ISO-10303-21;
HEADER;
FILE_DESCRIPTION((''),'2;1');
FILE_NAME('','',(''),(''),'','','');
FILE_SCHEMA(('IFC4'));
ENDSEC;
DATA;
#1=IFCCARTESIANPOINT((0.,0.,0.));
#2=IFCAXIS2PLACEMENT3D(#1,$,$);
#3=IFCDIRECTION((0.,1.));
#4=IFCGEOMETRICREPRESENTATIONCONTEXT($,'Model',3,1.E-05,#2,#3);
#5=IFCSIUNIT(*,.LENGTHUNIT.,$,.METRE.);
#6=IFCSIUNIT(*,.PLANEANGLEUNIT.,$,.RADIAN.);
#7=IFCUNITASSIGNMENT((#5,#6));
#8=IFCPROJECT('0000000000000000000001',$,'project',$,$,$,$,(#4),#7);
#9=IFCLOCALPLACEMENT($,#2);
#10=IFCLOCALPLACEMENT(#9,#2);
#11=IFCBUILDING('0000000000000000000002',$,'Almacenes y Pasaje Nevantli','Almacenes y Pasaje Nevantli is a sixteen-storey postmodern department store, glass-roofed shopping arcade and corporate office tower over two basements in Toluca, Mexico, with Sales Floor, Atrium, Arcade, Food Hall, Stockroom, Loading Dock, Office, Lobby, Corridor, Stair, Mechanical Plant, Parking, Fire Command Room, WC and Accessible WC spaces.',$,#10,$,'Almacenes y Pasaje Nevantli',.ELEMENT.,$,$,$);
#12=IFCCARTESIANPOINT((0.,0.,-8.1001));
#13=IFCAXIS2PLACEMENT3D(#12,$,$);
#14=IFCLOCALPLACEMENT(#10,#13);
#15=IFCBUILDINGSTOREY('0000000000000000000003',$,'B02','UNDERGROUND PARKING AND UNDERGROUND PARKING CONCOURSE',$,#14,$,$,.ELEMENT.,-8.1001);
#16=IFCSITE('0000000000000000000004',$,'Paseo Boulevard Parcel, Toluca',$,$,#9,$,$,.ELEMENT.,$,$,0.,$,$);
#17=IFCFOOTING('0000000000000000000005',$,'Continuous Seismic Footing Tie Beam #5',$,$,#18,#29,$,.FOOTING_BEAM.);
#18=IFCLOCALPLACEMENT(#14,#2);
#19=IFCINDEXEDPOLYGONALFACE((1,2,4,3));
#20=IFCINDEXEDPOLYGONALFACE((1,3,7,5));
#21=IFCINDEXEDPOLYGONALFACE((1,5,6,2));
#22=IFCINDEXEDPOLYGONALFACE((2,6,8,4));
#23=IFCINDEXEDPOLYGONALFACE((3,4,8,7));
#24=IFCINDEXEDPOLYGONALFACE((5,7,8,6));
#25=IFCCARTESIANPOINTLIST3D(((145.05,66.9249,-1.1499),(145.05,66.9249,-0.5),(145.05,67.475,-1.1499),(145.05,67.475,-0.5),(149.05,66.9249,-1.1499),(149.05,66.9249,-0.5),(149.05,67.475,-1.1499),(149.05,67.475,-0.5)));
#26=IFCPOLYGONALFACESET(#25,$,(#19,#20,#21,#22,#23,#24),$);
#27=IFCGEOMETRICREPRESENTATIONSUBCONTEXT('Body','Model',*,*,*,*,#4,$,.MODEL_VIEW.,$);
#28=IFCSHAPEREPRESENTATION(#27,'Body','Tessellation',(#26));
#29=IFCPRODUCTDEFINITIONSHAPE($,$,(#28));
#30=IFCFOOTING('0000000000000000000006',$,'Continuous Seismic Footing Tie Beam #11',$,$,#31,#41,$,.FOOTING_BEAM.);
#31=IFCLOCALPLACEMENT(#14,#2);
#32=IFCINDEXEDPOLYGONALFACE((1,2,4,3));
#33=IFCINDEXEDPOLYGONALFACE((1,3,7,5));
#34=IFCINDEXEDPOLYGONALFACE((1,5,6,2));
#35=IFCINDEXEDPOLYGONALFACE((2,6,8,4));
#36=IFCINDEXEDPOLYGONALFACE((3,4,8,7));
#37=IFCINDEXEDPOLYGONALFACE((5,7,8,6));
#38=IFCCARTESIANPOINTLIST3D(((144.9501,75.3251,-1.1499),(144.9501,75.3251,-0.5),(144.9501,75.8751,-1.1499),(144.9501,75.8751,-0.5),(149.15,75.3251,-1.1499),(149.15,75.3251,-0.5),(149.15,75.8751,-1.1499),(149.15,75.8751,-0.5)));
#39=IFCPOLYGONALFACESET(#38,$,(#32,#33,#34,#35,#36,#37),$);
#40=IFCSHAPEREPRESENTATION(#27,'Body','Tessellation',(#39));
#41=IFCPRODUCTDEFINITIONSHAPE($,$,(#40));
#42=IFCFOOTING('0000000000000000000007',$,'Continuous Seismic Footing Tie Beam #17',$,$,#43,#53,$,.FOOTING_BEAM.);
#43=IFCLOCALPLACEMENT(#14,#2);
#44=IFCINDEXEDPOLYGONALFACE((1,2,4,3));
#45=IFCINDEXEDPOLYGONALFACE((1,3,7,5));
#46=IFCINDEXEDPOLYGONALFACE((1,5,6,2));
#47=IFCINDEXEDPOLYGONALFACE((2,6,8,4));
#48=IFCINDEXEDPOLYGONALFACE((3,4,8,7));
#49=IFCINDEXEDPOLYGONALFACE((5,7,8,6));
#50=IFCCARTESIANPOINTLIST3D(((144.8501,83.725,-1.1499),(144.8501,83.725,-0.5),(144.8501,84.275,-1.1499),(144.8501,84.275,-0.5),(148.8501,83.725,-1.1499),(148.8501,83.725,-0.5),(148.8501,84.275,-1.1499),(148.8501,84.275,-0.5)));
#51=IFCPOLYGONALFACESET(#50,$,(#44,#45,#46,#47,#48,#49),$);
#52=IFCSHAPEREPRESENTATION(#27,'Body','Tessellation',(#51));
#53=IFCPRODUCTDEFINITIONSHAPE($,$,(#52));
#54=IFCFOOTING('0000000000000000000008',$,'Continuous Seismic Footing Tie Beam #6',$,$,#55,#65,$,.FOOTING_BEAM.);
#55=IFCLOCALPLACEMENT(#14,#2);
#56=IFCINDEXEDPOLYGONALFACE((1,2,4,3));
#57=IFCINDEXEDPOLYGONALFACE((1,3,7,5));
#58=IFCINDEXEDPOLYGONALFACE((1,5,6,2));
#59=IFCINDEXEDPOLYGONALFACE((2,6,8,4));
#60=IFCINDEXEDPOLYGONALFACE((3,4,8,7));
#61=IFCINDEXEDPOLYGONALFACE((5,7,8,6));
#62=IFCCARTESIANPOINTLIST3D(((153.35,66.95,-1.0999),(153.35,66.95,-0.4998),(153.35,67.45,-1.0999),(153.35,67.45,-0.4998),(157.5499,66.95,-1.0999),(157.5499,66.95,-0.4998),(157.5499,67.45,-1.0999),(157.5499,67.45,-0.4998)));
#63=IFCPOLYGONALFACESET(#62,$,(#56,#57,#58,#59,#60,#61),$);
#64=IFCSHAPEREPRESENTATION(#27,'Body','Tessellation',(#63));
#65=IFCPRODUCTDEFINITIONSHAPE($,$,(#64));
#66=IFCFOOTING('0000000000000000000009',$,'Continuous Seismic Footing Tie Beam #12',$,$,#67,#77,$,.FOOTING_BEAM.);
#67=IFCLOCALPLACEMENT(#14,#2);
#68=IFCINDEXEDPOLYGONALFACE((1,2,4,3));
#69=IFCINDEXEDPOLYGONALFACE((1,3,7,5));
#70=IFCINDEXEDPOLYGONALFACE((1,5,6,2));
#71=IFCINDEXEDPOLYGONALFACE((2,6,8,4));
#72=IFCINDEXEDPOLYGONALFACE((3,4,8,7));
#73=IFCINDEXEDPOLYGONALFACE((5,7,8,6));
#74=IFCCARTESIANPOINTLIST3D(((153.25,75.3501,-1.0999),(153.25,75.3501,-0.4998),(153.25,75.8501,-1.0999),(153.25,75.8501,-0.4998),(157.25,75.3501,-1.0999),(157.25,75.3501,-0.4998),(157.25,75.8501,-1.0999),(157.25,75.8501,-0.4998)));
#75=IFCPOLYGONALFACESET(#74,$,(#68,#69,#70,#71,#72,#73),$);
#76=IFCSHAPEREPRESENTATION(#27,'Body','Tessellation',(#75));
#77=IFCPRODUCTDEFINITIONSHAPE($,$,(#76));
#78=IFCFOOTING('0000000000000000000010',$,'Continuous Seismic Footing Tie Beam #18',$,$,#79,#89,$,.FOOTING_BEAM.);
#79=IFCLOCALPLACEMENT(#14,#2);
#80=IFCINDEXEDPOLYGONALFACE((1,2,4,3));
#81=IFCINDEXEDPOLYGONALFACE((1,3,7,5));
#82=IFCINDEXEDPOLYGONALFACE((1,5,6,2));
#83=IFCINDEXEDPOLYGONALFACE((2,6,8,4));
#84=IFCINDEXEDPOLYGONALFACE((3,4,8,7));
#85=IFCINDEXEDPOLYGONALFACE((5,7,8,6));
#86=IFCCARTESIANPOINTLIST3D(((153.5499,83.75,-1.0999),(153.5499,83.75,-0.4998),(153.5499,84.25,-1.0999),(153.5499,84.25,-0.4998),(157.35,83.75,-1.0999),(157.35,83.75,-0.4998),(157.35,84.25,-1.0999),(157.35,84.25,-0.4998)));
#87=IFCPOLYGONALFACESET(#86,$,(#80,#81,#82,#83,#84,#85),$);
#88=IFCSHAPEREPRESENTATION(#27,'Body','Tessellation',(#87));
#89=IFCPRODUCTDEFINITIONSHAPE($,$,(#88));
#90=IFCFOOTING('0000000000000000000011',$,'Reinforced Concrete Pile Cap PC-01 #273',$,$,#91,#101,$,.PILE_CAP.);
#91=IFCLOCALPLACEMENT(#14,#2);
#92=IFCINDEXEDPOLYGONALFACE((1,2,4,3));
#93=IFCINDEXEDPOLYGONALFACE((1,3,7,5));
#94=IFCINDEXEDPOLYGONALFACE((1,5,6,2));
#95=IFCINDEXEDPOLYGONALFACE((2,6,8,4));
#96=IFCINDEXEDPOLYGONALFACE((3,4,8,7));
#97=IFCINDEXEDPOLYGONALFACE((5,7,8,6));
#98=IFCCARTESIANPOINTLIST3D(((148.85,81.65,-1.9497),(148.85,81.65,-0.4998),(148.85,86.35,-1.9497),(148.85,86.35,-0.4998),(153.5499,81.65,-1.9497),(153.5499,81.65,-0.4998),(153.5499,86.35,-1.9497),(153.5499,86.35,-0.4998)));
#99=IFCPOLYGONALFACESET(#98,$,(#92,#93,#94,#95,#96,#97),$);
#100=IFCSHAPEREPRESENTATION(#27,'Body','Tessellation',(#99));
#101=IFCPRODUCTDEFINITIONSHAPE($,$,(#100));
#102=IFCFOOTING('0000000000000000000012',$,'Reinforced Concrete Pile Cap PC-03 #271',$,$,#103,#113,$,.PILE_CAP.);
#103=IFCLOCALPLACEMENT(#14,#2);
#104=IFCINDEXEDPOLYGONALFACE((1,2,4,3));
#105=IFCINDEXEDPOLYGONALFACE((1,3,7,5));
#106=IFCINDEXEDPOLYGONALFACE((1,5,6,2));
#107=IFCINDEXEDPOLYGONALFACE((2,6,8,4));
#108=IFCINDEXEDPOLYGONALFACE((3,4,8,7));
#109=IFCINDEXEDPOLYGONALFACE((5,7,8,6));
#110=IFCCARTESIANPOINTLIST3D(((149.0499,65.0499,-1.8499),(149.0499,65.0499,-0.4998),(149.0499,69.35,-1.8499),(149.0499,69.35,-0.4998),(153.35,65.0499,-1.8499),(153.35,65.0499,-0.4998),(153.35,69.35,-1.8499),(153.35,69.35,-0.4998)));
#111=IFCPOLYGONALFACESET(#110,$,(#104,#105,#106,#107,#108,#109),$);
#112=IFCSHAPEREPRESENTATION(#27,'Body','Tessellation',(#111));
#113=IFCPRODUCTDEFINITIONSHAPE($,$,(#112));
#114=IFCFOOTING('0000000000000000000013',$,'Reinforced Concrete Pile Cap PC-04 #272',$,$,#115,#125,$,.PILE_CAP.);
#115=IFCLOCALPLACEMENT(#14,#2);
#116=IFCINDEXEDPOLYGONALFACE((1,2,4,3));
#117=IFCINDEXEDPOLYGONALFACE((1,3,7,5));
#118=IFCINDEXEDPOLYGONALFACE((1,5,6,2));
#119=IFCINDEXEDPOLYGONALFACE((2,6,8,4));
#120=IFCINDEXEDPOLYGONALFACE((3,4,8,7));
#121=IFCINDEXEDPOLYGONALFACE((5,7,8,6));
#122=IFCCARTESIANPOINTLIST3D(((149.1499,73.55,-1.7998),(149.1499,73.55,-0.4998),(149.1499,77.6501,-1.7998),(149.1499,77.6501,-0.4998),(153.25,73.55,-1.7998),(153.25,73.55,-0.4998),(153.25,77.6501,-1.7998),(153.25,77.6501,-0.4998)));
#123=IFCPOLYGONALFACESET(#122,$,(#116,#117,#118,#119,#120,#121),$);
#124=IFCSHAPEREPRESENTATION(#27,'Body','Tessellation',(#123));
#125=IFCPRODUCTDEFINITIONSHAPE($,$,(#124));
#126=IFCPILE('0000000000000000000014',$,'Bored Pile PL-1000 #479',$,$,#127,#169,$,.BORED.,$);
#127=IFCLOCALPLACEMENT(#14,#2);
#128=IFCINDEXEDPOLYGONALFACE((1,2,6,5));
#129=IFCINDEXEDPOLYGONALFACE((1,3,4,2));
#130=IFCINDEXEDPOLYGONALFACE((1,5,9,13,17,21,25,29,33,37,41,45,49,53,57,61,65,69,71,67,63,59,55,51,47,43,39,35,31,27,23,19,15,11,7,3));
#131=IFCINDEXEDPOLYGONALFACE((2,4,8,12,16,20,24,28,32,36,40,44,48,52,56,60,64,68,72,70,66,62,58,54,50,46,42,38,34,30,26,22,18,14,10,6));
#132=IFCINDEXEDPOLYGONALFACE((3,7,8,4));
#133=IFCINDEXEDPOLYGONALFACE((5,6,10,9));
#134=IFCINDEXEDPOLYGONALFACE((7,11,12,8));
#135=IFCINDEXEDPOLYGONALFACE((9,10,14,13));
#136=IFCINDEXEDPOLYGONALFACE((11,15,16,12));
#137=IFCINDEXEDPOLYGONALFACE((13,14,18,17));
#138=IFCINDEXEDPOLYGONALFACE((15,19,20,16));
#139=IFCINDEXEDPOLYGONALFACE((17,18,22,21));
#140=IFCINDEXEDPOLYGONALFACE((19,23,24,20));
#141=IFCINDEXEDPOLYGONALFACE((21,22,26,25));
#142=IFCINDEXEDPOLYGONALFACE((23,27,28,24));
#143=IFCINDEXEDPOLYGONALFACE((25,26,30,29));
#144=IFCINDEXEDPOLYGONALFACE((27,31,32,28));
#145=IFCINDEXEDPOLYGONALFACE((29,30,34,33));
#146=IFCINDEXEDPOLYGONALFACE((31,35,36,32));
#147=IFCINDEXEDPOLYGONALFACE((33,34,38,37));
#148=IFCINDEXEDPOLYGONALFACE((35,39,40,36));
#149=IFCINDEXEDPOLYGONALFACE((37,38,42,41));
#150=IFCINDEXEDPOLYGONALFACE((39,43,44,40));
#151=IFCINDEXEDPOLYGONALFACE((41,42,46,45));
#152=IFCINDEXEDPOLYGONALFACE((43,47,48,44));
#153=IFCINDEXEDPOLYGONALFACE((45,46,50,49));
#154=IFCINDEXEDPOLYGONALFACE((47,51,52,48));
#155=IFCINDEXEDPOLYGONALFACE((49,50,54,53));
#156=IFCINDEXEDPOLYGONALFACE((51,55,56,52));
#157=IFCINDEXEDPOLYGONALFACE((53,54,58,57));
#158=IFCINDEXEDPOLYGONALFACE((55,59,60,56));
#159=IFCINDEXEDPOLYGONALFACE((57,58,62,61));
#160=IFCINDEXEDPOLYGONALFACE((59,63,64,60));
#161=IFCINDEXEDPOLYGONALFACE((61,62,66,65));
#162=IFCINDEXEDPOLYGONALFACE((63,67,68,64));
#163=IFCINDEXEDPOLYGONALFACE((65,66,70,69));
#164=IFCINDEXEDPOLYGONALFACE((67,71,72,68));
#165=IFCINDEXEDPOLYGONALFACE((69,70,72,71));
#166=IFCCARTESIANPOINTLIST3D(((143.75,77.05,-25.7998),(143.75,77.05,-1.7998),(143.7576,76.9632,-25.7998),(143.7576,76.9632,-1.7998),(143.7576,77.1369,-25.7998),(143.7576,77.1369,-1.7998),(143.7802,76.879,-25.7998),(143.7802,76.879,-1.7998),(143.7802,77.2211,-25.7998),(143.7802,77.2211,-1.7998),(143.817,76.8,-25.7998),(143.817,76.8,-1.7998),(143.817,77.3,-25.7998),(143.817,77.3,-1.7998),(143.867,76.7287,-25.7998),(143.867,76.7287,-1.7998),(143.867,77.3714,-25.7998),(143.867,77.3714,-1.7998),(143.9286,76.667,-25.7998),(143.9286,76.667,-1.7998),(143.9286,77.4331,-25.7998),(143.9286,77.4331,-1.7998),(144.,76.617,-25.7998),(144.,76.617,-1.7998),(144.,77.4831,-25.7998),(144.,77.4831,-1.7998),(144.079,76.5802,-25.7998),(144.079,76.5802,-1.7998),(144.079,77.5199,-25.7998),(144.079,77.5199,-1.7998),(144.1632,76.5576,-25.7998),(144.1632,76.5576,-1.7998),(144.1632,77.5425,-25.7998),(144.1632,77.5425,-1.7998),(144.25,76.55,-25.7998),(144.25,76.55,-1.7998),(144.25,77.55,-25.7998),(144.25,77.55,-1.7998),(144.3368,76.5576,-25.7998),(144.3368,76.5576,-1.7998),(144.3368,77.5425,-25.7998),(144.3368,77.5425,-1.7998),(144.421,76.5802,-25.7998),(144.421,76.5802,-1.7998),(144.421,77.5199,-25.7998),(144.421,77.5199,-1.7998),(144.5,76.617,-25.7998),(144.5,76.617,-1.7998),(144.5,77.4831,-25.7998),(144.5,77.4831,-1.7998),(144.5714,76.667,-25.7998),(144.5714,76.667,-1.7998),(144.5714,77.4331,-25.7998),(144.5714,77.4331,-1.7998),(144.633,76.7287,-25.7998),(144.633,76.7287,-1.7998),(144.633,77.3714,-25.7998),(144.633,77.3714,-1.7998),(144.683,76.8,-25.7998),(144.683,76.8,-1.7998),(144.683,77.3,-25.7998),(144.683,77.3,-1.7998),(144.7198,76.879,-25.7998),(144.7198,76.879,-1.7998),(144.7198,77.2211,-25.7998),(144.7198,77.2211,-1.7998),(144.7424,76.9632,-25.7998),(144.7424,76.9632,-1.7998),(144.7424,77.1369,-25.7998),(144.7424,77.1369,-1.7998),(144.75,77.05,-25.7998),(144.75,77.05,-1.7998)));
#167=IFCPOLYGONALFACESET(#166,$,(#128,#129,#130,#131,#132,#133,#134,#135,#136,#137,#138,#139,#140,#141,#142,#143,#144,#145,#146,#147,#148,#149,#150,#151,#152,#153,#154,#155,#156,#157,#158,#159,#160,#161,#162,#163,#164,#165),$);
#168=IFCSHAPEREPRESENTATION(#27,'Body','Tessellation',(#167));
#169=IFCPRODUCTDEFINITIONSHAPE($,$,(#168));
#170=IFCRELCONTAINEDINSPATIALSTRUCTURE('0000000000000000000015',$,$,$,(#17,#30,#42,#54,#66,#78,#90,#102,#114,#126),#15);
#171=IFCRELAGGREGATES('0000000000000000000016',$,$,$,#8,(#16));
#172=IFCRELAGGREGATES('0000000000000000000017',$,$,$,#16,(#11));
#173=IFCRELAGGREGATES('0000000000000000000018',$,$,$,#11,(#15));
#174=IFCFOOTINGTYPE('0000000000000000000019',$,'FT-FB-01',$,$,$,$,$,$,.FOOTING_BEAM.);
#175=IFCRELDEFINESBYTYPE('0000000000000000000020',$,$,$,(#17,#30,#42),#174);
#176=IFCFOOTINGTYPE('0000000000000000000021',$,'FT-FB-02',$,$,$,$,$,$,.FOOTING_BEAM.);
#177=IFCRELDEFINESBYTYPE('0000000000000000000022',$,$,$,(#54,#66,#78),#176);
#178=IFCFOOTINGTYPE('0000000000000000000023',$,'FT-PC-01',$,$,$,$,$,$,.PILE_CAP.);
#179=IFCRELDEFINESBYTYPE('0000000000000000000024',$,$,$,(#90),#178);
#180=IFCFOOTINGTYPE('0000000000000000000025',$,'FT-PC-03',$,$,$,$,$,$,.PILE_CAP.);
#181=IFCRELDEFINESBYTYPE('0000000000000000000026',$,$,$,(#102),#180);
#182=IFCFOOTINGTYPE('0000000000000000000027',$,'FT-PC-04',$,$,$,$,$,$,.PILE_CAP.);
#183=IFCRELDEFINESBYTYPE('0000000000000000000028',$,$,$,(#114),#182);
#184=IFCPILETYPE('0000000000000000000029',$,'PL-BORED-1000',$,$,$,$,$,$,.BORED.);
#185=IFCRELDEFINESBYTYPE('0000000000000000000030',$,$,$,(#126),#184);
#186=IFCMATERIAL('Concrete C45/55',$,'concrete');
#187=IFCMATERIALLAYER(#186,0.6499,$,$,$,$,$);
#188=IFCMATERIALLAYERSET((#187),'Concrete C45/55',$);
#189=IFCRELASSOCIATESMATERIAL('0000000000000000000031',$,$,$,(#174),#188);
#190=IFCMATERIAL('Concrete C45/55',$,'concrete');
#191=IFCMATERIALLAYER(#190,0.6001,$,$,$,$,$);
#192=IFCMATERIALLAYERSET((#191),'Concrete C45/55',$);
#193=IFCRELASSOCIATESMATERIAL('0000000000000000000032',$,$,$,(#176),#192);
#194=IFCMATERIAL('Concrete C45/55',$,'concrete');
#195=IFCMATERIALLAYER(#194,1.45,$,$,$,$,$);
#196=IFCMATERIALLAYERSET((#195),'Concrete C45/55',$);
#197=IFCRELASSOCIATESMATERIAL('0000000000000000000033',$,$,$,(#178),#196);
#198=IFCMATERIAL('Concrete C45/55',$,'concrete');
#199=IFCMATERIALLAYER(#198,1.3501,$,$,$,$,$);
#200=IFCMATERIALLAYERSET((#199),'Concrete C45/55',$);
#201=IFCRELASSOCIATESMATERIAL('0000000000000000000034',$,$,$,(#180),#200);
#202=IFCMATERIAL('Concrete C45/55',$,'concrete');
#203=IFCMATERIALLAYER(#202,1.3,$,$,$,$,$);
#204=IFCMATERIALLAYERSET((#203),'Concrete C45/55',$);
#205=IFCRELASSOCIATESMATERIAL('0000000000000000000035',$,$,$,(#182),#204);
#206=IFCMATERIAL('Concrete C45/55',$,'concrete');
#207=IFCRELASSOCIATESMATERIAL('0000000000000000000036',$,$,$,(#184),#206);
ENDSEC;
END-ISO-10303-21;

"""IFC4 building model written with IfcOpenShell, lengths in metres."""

from ifc_helpers import new_model, si_unit, direction, frame, origin, origin_2d, place, context, subcontext, project, spatial, rectangle, circle, extrude, material, layer, layer_set, material_profile, profile_set, type_object, element, save


model = new_model("IFC4")

# Units and contexts
model_context = context("Model", 3, precision=1e-05, world=origin(), true_north=direction((0.0, 1.0)))
body_context = subcontext(model_context, "Body", "Model", "MODEL_VIEW")
ifc_project = project(units=[si_unit("LENGTHUNIT", "METRE"), si_unit("PLANEANGLEUNIT", "RADIAN")], contexts=[model_context])

# Site, building, storey
site_placement = place(None, origin())
site = spatial("IfcSite", under=ifc_project, at=site_placement, Name="Paseo Boulevard Parcel, Toluca", CompositionType="ELEMENT", RefElevation=0.0)
building_placement = place(site_placement, origin())
building = spatial("IfcBuilding", under=site, at=building_placement, Name="Almacenes y Pasaje Nevantli", Description="Almacenes y Pasaje Nevantli is a sixteen-storey postmodern department store, glass-roofed shopping arcade and corporate office tower over two basements in Toluca, Mexico, with Sales Floor, Atrium, Arcade, Food Hall, Stockroom, Loading Dock, Office, Lobby, Corridor, Stair, Mechanical Plant, Parking, Fire Command Room, WC and Accessible WC spaces.", LongName="Almacenes y Pasaje Nevantli", CompositionType="ELEMENT")
storey_placement = place(building_placement, frame((0.0, 0.0, -8.1001)))
storey = spatial("IfcBuildingStorey", under=building, at=storey_placement, Name="B02", Description="UNDERGROUND PARKING AND UNDERGROUND PARKING CONCOURSE", CompositionType="ELEMENT", Elevation=-8.1001)

# Footings
ifc_material_1 = material(Name="Concrete C45/55", Category="concrete")
ifc_layer_1 = layer(ifc_material_1, 0.6499)
ifc_layer_set_1 = layer_set([ifc_layer_1], Name="Concrete C45/55")
footing_type_1 = type_object("IfcFootingType", Name="FT-FB-01", PredefinedType="FOOTING_BEAM", material=ifc_layer_set_1)
footing_1_placement = place(storey_placement, frame((147.05, 67.2, -1.1499), z_axis=(0.0, 0.0, 1.0), x_axis=(1.0, 0.0, 0.0)))
element("IfcFooting", 1, at=footing_1_placement, inside=storey, type_object=footing_type_1, Name="Continuous Seismic Footing Tie Beam #5", PredefinedType="FOOTING_BEAM", context=body_context, shape_type="SweptSolid", body=[
    extrude(rectangle(XDim=4.0, YDim=0.55, at=origin_2d()), origin(), (0.0, 0.0, 1.0), 0.6499),
])
footing_2_placement = place(storey_placement, frame((147.05, 75.6001, -1.1499), z_axis=(0.0, 0.0, 1.0), x_axis=(1.0, 0.0, 0.0)))
element("IfcFooting", 2, at=footing_2_placement, inside=storey, type_object=footing_type_1, Name="Continuous Seismic Footing Tie Beam #11", PredefinedType="FOOTING_BEAM", context=body_context, shape_type="SweptSolid", body=[
    extrude(rectangle(XDim=4.2, YDim=0.55, at=origin_2d()), origin(), (0.0, 0.0, 1.0), 0.6499),
])
footing_3_placement = place(storey_placement, frame((146.8501, 84.0, -1.1499), z_axis=(0.0, 0.0, 1.0), x_axis=(1.0, 0.0, 0.0)))
element("IfcFooting", 3, at=footing_3_placement, inside=storey, type_object=footing_type_1, Name="Continuous Seismic Footing Tie Beam #17", PredefinedType="FOOTING_BEAM", context=body_context, shape_type="SweptSolid", body=[
    extrude(rectangle(XDim=4.0, YDim=0.55, at=origin_2d()), origin(), (0.0, 0.0, 1.0), 0.6499),
])
ifc_material_2 = material(Name="Concrete C45/55", Category="concrete")
ifc_layer_2 = layer(ifc_material_2, 0.6001)
ifc_layer_set_2 = layer_set([ifc_layer_2], Name="Concrete C45/55")
footing_type_2 = type_object("IfcFootingType", Name="FT-FB-02", PredefinedType="FOOTING_BEAM", material=ifc_layer_set_2)
footing_4_placement = place(storey_placement, frame((155.45, 67.2, -1.0999), z_axis=(0.0, 0.0, 1.0), x_axis=(1.0, 0.0, 0.0)))
element("IfcFooting", 4, at=footing_4_placement, inside=storey, type_object=footing_type_2, Name="Continuous Seismic Footing Tie Beam #6", PredefinedType="FOOTING_BEAM", context=body_context, shape_type="SweptSolid", body=[
    extrude(rectangle(XDim=4.2, YDim=0.5, at=origin_2d()), origin(), (0.0, 0.0, 1.0), 0.6001),
])
footing_5_placement = place(storey_placement, frame((155.25, 75.6001, -1.0999), z_axis=(0.0, 0.0, 1.0), x_axis=(1.0, 0.0, 0.0)))
element("IfcFooting", 5, at=footing_5_placement, inside=storey, type_object=footing_type_2, Name="Continuous Seismic Footing Tie Beam #12", PredefinedType="FOOTING_BEAM", context=body_context, shape_type="SweptSolid", body=[
    extrude(rectangle(XDim=4.0, YDim=0.5, at=origin_2d()), origin(), (0.0, 0.0, 1.0), 0.6001),
])
footing_6_placement = place(storey_placement, frame((155.45, 84.0, -1.0999), z_axis=(0.0, 0.0, 1.0), x_axis=(1.0, 0.0, 0.0)))
element("IfcFooting", 6, at=footing_6_placement, inside=storey, type_object=footing_type_2, Name="Continuous Seismic Footing Tie Beam #18", PredefinedType="FOOTING_BEAM", context=body_context, shape_type="SweptSolid", body=[
    extrude(rectangle(XDim=3.8, YDim=0.5, at=origin_2d()), origin(), (0.0, 0.0, 1.0), 0.6001),
])
ifc_material_3 = material(Name="Concrete C45/55", Category="concrete")
ifc_layer_3 = layer(ifc_material_3, 1.45)
ifc_layer_set_3 = layer_set([ifc_layer_3], Name="Concrete C45/55")
footing_type_3 = type_object("IfcFootingType", Name="FT-PC-01", PredefinedType="PILE_CAP", material=ifc_layer_set_3)
footing_7_placement = place(storey_placement, frame((151.2, 84.0, -1.9497), z_axis=(0.0, 0.0, 1.0), x_axis=(1.0, 0.0, 0.0)))
element("IfcFooting", 7, at=footing_7_placement, inside=storey, type_object=footing_type_3, Name="Reinforced Concrete Pile Cap PC-01 #273", PredefinedType="PILE_CAP", context=body_context, shape_type="SweptSolid", body=[
    extrude(rectangle(XDim=4.7, YDim=4.7, at=origin_2d()), origin(), (0.0, 0.0, 1.0), 1.45),
])
ifc_material_4 = material(Name="Concrete C45/55", Category="concrete")
ifc_layer_4 = layer(ifc_material_4, 1.3501)
ifc_layer_set_4 = layer_set([ifc_layer_4], Name="Concrete C45/55")
footing_type_4 = type_object("IfcFootingType", Name="FT-PC-03", PredefinedType="PILE_CAP", material=ifc_layer_set_4)
footing_8_placement = place(storey_placement, frame((151.2, 67.2, -1.8499), z_axis=(0.0, 0.0, 1.0), x_axis=(1.0, 0.0, 0.0)))
element("IfcFooting", 8, at=footing_8_placement, inside=storey, type_object=footing_type_4, Name="Reinforced Concrete Pile Cap PC-03 #271", PredefinedType="PILE_CAP", context=body_context, shape_type="SweptSolid", body=[
    extrude(rectangle(XDim=4.3, YDim=4.3, at=origin_2d()), origin(), (0.0, 0.0, 1.0), 1.3501),
])
ifc_material_5 = material(Name="Concrete C45/55", Category="concrete")
ifc_layer_5 = layer(ifc_material_5, 1.3)
ifc_layer_set_5 = layer_set([ifc_layer_5], Name="Concrete C45/55")
footing_type_5 = type_object("IfcFootingType", Name="FT-PC-04", PredefinedType="PILE_CAP", material=ifc_layer_set_5)
footing_9_placement = place(storey_placement, frame((151.2, 75.6001, -1.7998), z_axis=(0.0, 0.0, 1.0), x_axis=(1.0, 0.0, 0.0)))
element("IfcFooting", 9, at=footing_9_placement, inside=storey, type_object=footing_type_5, Name="Reinforced Concrete Pile Cap PC-04 #272", PredefinedType="PILE_CAP", context=body_context, shape_type="SweptSolid", body=[
    extrude(rectangle(XDim=4.1001, YDim=4.1001, at=origin_2d()), origin(), (0.0, 0.0, 1.0), 1.3),
])

# Pile
ifc_material_6 = material(Name="Concrete C45/55", Category="concrete")
ifc_material_profile_1 = material_profile(ifc_material_6, circle(Radius=0.5, at=origin_2d()), Name="RC-PILE-D1000")
ifc_profile_set_1 = profile_set([ifc_material_profile_1], Name="Concrete C45/55")
pile_type = type_object("IfcPileType", Name="PL-BORED-1000", PredefinedType="BORED", material=ifc_profile_set_1)
for number, where, z_axis, x_axis, name in (
    (10, (144.25, 77.05, -1.7998), (0.0, 0.0, -1.0), (1.0, 0.0, 0.0), "Bored Pile PL-1000 #479"),
):
    element("IfcPile", number, at=place(storey_placement, frame(where, z_axis=z_axis, x_axis=x_axis)), inside=storey, type_object=pile_type, Name=name, PredefinedType="BORED", context=body_context, shape_type="SweptSolid", body=[
        extrude(circle(Radius=0.5, at=origin_2d()), origin(), (0.0, 0.0, 1.0), 24.0),
    ])

save(model, "model.ifc")
